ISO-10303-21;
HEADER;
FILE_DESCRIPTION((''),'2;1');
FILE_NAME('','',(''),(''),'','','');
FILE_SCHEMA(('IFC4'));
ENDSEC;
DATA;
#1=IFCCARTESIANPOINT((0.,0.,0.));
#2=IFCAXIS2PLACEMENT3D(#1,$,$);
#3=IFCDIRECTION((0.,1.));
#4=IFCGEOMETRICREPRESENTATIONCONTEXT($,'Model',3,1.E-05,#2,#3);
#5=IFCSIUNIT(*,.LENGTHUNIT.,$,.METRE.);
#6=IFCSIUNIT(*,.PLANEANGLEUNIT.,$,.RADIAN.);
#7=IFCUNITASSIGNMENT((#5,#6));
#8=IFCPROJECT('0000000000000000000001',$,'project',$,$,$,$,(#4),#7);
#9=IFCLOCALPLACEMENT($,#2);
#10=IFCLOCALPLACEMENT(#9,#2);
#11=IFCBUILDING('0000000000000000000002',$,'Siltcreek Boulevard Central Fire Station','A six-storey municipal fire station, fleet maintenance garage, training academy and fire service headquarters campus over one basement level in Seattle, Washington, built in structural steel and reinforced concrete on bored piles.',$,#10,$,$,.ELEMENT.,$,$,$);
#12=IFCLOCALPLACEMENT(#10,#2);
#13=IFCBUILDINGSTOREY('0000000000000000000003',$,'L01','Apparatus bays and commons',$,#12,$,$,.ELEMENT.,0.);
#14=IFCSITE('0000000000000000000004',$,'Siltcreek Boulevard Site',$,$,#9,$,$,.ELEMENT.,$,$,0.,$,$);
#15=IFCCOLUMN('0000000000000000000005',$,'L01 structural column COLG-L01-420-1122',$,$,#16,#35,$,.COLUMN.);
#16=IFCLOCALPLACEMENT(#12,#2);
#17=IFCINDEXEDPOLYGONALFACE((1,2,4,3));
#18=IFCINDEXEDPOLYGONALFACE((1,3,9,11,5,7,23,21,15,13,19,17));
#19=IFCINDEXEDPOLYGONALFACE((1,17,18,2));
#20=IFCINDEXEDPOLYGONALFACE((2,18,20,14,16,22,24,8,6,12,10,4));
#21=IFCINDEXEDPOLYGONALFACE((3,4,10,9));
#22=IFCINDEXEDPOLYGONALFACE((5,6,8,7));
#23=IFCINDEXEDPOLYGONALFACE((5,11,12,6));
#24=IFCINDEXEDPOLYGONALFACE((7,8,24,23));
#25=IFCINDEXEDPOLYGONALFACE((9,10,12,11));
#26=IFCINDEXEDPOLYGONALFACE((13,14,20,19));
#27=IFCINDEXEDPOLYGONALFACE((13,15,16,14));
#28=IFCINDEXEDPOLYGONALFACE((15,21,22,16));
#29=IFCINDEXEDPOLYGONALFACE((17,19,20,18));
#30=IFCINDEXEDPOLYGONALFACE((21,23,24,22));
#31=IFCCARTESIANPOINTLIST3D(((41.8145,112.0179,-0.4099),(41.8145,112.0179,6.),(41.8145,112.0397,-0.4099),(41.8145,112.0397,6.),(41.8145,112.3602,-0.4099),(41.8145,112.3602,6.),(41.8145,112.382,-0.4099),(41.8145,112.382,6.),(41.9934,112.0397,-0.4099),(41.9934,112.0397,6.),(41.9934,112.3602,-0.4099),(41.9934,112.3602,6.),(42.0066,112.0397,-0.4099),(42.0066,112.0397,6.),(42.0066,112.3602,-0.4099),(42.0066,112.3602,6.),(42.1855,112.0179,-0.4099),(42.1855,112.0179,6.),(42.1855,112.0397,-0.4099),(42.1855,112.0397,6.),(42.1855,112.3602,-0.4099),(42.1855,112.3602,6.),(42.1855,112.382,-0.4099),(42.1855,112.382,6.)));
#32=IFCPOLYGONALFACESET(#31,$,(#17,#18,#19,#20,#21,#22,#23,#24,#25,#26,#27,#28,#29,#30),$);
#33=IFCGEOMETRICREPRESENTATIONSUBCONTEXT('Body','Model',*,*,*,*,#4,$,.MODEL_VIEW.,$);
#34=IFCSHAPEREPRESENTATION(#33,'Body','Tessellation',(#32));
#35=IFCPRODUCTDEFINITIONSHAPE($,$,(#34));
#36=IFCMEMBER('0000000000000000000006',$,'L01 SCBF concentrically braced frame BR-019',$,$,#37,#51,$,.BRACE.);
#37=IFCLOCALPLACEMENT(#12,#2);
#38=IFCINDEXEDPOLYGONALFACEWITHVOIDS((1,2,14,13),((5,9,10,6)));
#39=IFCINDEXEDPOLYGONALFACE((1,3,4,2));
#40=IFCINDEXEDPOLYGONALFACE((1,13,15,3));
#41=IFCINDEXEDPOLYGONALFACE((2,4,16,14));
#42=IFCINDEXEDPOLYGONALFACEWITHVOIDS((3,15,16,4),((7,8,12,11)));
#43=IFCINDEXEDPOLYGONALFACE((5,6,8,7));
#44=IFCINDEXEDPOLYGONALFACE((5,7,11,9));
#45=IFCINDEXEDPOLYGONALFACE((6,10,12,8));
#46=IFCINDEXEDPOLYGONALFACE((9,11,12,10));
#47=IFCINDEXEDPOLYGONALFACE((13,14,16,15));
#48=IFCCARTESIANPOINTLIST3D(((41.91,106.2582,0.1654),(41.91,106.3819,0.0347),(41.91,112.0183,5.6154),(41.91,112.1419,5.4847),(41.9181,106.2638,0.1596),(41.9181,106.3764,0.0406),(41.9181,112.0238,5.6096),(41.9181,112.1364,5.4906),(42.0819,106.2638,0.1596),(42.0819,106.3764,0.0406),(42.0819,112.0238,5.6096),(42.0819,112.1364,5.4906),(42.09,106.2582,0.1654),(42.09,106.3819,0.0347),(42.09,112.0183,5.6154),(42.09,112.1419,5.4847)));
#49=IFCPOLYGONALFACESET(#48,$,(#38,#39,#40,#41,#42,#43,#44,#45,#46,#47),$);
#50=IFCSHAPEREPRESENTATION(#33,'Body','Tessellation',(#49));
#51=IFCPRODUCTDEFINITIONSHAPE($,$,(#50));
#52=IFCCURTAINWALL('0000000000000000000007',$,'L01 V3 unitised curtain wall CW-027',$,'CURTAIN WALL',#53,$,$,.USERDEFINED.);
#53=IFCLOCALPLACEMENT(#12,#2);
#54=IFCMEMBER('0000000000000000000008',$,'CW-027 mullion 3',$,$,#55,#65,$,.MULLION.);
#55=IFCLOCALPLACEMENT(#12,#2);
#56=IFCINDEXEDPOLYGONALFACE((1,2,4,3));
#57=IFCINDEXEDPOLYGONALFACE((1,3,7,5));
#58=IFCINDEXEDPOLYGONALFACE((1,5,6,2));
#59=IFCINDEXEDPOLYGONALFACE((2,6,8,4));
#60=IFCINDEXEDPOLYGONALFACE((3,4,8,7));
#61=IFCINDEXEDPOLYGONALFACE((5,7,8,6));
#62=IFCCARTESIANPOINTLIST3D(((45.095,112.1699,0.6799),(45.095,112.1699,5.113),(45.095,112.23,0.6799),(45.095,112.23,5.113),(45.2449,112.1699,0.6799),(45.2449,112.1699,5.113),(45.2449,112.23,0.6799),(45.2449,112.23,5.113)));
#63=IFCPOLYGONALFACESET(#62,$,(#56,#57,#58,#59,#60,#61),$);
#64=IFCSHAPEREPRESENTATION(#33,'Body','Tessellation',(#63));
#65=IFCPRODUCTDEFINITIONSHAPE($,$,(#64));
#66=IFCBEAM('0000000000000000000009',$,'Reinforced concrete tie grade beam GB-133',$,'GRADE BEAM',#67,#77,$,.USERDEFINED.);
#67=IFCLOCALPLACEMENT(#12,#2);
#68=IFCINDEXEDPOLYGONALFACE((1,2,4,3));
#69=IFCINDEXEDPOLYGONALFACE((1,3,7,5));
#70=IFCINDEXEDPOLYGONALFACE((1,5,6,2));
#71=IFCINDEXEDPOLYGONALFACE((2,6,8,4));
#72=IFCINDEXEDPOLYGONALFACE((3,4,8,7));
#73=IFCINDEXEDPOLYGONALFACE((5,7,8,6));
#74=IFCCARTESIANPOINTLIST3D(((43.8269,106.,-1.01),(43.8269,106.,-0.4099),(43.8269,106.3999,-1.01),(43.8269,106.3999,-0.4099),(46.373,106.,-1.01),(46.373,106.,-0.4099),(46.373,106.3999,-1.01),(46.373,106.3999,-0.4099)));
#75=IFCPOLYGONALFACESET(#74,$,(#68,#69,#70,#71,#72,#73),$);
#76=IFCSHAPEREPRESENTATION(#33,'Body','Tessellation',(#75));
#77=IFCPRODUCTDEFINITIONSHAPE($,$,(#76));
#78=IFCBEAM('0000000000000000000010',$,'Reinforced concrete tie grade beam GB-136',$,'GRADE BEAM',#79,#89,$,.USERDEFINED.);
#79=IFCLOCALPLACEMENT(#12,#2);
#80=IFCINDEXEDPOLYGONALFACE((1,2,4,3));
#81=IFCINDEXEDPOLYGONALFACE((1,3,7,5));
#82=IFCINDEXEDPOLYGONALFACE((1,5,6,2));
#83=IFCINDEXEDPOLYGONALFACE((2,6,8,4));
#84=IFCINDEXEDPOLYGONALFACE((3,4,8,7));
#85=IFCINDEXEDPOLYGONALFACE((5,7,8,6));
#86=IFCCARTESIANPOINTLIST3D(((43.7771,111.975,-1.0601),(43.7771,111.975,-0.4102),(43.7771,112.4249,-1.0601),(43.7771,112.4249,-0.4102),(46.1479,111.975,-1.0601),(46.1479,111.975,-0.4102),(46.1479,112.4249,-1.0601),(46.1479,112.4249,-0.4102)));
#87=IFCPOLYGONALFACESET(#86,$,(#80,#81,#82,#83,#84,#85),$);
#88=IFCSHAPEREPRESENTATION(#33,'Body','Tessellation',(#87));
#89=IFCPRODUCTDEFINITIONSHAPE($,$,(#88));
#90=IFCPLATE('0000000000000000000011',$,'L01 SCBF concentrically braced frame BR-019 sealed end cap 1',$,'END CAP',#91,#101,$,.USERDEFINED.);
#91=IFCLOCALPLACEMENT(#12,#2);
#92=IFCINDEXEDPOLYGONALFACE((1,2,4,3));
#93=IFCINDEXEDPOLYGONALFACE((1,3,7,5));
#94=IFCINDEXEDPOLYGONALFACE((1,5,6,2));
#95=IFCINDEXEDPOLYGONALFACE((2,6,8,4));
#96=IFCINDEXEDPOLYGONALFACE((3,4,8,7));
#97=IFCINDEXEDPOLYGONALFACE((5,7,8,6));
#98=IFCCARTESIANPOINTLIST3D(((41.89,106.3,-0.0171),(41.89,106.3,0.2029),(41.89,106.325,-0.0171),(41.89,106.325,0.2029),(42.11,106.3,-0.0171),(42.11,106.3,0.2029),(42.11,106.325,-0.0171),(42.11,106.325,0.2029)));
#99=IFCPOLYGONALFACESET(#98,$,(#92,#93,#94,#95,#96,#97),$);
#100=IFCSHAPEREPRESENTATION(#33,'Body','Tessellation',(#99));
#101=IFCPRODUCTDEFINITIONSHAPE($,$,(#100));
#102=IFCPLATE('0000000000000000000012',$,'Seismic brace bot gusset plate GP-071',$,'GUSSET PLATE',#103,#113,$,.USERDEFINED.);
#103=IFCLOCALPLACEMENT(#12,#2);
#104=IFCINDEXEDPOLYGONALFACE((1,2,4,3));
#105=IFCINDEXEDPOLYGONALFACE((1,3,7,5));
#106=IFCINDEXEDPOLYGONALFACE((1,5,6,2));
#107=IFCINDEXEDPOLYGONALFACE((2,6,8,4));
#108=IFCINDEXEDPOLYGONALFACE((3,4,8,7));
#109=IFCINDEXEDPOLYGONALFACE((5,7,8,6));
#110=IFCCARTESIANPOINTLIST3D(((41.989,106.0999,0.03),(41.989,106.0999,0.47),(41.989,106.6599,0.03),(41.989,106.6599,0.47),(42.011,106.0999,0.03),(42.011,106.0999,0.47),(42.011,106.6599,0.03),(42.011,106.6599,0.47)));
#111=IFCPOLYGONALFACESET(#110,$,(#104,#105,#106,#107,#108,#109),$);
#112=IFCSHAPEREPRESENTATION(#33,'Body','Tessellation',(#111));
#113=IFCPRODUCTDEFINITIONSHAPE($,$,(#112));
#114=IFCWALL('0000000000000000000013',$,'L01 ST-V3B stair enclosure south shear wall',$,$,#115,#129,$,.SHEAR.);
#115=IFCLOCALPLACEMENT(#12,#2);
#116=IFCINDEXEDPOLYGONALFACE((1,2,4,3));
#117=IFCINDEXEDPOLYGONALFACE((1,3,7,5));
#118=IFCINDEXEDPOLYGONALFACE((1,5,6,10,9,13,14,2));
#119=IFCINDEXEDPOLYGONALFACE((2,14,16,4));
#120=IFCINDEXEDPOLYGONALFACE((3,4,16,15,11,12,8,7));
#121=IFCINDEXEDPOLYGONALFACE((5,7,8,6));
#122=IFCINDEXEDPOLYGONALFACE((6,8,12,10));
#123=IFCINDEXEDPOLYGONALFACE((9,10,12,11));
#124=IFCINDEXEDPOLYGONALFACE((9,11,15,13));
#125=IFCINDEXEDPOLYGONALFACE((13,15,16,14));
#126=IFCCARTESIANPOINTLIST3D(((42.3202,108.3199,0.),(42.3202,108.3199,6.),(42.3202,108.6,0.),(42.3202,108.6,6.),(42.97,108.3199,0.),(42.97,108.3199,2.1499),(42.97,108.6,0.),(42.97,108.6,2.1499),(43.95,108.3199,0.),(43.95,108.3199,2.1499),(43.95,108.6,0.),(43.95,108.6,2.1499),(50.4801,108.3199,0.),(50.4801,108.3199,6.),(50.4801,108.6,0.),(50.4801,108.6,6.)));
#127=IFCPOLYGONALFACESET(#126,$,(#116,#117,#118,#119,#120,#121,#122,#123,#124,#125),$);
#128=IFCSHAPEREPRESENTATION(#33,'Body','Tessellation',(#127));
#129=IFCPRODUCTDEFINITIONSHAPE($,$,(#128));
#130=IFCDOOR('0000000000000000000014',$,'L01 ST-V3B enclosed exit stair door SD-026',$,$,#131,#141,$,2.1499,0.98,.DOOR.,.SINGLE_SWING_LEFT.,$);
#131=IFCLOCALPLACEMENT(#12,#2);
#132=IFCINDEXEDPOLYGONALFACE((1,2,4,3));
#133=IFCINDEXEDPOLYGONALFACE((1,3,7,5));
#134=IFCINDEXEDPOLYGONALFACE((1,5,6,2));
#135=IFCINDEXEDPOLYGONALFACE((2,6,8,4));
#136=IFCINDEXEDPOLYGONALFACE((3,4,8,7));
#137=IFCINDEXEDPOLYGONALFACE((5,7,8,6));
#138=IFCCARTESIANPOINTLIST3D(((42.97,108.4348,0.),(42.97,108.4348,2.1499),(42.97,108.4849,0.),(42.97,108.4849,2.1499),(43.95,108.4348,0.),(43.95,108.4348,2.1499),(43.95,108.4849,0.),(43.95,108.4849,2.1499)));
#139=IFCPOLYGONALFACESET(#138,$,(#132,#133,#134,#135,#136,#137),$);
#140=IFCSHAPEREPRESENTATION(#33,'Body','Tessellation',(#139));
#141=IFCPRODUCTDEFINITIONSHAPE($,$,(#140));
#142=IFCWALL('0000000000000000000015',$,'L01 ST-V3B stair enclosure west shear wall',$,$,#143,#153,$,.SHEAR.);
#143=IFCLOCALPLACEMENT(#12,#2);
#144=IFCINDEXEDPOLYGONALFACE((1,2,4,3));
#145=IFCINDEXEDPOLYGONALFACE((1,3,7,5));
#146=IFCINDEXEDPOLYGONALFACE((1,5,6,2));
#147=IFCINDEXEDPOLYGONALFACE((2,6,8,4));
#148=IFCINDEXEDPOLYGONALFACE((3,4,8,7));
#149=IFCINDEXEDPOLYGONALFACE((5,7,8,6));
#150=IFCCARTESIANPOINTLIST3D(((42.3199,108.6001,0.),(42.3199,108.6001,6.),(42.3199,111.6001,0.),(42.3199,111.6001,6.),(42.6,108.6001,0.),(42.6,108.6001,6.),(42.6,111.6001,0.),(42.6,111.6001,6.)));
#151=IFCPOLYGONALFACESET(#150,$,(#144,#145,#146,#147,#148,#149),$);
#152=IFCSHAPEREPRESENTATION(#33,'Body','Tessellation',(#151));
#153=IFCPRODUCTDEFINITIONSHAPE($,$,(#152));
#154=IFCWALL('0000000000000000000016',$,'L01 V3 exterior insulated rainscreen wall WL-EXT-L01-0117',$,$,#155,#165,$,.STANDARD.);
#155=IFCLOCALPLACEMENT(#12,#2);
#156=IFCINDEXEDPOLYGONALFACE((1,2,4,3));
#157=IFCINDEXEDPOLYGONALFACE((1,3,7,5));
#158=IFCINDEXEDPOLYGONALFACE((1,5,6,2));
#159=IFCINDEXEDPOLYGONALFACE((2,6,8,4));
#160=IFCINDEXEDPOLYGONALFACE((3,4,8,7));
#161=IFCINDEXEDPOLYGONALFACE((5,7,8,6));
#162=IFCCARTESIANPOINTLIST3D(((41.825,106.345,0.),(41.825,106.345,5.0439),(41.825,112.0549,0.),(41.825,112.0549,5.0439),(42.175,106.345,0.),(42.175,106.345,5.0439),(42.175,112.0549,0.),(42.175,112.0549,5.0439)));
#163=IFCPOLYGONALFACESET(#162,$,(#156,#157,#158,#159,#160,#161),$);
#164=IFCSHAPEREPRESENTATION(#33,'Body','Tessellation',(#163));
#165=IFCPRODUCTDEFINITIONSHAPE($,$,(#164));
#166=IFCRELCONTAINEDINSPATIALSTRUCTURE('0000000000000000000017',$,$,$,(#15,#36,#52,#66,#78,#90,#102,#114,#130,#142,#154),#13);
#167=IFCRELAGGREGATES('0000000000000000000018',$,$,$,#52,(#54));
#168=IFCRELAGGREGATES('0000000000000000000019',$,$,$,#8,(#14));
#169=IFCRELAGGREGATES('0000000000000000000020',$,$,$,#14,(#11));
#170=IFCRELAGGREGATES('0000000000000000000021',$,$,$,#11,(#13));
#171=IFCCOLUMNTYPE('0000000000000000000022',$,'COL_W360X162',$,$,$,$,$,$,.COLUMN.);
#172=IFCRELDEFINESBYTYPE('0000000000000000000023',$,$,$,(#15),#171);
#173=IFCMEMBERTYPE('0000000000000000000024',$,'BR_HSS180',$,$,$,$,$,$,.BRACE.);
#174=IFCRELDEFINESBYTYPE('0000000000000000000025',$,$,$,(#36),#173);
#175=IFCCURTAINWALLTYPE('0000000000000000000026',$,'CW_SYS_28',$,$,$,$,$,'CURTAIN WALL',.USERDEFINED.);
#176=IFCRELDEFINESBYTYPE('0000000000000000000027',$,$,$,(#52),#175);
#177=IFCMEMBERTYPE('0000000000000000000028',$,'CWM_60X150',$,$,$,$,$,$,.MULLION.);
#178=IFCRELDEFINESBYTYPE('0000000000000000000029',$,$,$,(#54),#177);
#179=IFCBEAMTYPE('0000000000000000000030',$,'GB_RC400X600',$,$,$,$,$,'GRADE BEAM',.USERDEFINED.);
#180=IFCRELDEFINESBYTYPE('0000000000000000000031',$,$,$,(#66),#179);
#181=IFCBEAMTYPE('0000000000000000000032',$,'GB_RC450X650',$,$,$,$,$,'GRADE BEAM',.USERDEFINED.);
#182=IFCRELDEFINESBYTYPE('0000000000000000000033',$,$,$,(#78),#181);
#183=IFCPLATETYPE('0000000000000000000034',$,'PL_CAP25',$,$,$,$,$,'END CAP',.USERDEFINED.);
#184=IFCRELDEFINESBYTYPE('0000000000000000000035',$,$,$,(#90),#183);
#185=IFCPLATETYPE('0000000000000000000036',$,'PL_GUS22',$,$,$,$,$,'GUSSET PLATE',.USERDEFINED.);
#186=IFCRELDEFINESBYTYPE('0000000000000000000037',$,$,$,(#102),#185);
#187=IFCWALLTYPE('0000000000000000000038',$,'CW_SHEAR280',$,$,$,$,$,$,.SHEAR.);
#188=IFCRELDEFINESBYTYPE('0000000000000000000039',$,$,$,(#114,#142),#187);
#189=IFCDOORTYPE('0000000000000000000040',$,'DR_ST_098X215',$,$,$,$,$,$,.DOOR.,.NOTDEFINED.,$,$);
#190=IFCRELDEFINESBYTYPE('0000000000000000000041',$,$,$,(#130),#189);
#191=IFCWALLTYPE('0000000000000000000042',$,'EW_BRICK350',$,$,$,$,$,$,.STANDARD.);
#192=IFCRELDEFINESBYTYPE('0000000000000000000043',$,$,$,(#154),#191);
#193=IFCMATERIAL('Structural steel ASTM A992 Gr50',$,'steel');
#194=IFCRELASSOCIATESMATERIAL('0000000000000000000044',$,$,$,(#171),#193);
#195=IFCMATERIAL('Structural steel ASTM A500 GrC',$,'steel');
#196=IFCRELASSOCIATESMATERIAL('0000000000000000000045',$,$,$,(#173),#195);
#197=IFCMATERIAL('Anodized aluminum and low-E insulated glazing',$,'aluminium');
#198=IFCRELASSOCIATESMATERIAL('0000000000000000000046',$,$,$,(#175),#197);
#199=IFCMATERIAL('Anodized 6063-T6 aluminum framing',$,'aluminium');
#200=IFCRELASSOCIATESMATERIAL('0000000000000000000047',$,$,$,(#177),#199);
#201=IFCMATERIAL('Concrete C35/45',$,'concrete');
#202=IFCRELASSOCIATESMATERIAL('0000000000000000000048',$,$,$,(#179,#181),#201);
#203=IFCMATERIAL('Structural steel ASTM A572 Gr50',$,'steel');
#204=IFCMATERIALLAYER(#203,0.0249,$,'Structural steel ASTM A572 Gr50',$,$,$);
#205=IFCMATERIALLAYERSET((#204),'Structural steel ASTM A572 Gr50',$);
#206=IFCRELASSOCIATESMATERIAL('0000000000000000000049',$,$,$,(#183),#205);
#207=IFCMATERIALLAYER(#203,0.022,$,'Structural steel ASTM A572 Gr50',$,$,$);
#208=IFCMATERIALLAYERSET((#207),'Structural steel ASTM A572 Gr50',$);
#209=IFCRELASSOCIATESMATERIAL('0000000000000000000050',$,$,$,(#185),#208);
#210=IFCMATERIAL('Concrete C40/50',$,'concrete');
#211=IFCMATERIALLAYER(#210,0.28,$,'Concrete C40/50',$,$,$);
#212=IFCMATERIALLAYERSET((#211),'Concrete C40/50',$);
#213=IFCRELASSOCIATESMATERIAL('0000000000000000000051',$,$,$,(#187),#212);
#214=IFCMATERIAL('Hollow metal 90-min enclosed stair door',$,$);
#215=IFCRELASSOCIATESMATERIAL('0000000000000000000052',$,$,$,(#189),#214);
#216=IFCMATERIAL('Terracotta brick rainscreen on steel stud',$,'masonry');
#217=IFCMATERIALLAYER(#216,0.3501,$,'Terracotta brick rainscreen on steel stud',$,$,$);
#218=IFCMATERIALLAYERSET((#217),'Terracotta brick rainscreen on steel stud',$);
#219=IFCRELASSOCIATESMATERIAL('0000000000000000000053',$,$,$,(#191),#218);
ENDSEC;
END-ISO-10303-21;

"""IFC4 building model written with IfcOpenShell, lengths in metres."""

from ifc_helpers import new_model, si_unit, direction, frame, frame_2d, origin, origin_2d, place, context, subcontext, project, spatial, rectangle, hollow_rectangle, i_section, extrude, material, layer, layer_set, material_profile, profile_set, type_object, element, fill, aggregate, save


model = new_model("IFC4")

# Units and contexts
model_context = context("Model", 3, precision=1e-05, world=origin(), true_north=direction((0.0, 1.0)))
body_context = subcontext(model_context, "Body", "Model", "MODEL_VIEW")
ifc_project = project(units=[si_unit("LENGTHUNIT", "METRE"), si_unit("PLANEANGLEUNIT", "RADIAN")], contexts=[model_context])

# Site, building, storey
site_placement = place(None, origin())
site = spatial("IfcSite", under=ifc_project, at=site_placement, Name="Siltcreek Boulevard Site", CompositionType="ELEMENT", RefElevation=0.0)
building_placement = place(site_placement, origin())
building = spatial("IfcBuilding", under=site, at=building_placement, Name="Siltcreek Boulevard Central Fire Station", Description="A six-storey municipal fire station, fleet maintenance garage, training academy and fire service headquarters campus over one basement level in Seattle, Washington, built in structural steel and reinforced concrete on bored piles.", CompositionType="ELEMENT")
storey_placement = place(building_placement, origin())
storey = spatial("IfcBuildingStorey", under=building, at=storey_placement, Name="L01", Description="Apparatus bays and commons", CompositionType="ELEMENT", Elevation=0.0)

# Shared definitions
ifc_material_1 = material(Name="Concrete C35/45", Category="concrete")

# Column
ifc_material_2 = material(Name="Structural steel ASTM A992 Gr50", Category="steel")
ifc_material_profile_1 = material_profile(ifc_material_2, i_section(OverallWidth=0.3711, OverallDepth=0.364, WebThickness=0.0132, FlangeThickness=0.0217, at=origin_2d()), Name="W360X162")
ifc_profile_set_1 = profile_set([ifc_material_profile_1], Name="Structural steel ASTM A992 Gr50")
column_type = type_object("IfcColumnType", Name="COL_W360X162", PredefinedType="COLUMN", material=ifc_profile_set_1)
for number, where, z_axis, x_axis, name in (
    (1, (42.0, 112.2, -0.4099), (0.0, 0.0, 1.0), (1.0, 0.0, 0.0), "L01 structural column COLG-L01-420-1122"),
):
    element("IfcColumn", number, at=place(storey_placement, frame(where, z_axis=z_axis, x_axis=x_axis)), inside=storey, type_object=column_type, Name=name, PredefinedType="COLUMN", context=body_context, shape_type="SweptSolid", body=[
        extrude(i_section(OverallWidth=0.3711, OverallDepth=0.364, WebThickness=0.0132, FlangeThickness=0.0217, at=origin_2d()), origin(), (0.0, 0.0, 1.0), 6.4099),
    ])

# Member
ifc_material_3 = material(Name="Structural steel ASTM A500 GrC", Category="steel")
ifc_material_profile_2 = material_profile(ifc_material_3, hollow_rectangle(XDim=0.1799, YDim=0.1799, WallThickness=0.0081, at=origin_2d()), Name="HSS180X180X8.0")
ifc_profile_set_2 = profile_set([ifc_material_profile_2], Name="Structural steel ASTM A500 GrC")
member_type_1 = type_object("IfcMemberType", Name="BR_HSS180", PredefinedType="BRACE", material=ifc_profile_set_2)
member_1_placement = place(storey_placement, frame((42.0, 106.3201, 0.1001), z_axis=(0.0, 0.726387, 0.687286), x_axis=(-1.0, 0.0, 0.0)))
element("IfcMember", 2, at=member_1_placement, inside=storey, type_object=member_type_1, Name="L01 SCBF concentrically braced frame BR-019", PredefinedType="BRACE", context=body_context, shape_type="SweptSolid", body=[
    extrude(hollow_rectangle(XDim=0.1799, YDim=0.1799, WallThickness=0.0081, at=origin_2d()), origin(), (0.0, 0.0, 1.0), 7.9297),
])

# Curtain wall, member
ifc_material_4 = material(Name="Anodized aluminum and low-E insulated glazing", Category="aluminium")
curtain_wall_type = type_object("IfcCurtainWallType", Name="CW_SYS_28", ElementType="CURTAIN WALL", PredefinedType="USERDEFINED", material=ifc_material_4)
curtain_wall_placement = place(storey_placement, origin())
curtain_wall = element("IfcCurtainWall", 3, at=curtain_wall_placement, inside=storey, type_object=curtain_wall_type, Name="L01 V3 unitised curtain wall CW-027", ObjectType="CURTAIN WALL", PredefinedType="USERDEFINED")
ifc_material_5 = material(Name="Anodized 6063-T6 aluminum framing", Category="aluminium")
ifc_material_profile_3 = material_profile(ifc_material_5, rectangle(XDim=0.0601, YDim=0.1499, at=origin_2d()), Name="MULL60X150")
ifc_profile_set_3 = profile_set([ifc_material_profile_3], Name="Anodized 6063-T6 aluminum framing")
member_type_2 = type_object("IfcMemberType", Name="CWM_60X150", PredefinedType="MULLION", material=ifc_profile_set_3)
member_2_placement = place(storey_placement, frame((45.1699, 112.2, 0.6799), z_axis=(0.0, 0.0, 1.0), x_axis=(0.0, -1.0, 0.0)))
member_2 = element("IfcMember", 4, at=member_2_placement, type_object=member_type_2, Name="CW-027 mullion 3", PredefinedType="MULLION", context=body_context, shape_type="SweptSolid", body=[
    extrude(rectangle(XDim=0.0601, YDim=0.1499, at=origin_2d()), origin(), (0.0, 0.0, 1.0), 4.4331),
])
aggregate(curtain_wall, [member_2])

# Beams
ifc_material_profile_4 = material_profile(ifc_material_1, rectangle(XDim=0.3999, YDim=0.6001, at=origin_2d()), Name="RC400X600")
ifc_profile_set_4 = profile_set([ifc_material_profile_4], Name="Concrete C35/45")
beam_type_1 = type_object("IfcBeamType", Name="GB_RC400X600", ElementType="GRADE BEAM", PredefinedType="USERDEFINED", material=ifc_profile_set_4)
beam_1_placement = place(storey_placement, frame((43.8269, 106.2, -0.71), z_axis=(1.0, 0.0, 0.0), x_axis=(0.0, 1.0, 0.0)))
element("IfcBeam", 5, at=beam_1_placement, inside=storey, type_object=beam_type_1, Name="Reinforced concrete tie grade beam GB-133", ObjectType="GRADE BEAM", PredefinedType="USERDEFINED", context=body_context, shape_type="SweptSolid", body=[
    extrude(rectangle(XDim=0.3999, YDim=0.6001, at=origin_2d()), origin(), (0.0, 0.0, 1.0), 2.5461),
])
ifc_material_profile_5 = material_profile(ifc_material_1, rectangle(XDim=0.45, YDim=0.6499, at=origin_2d()), Name="RC450X650")
ifc_profile_set_5 = profile_set([ifc_material_profile_5], Name="Concrete C35/45")
beam_type_2 = type_object("IfcBeamType", Name="GB_RC450X650", ElementType="GRADE BEAM", PredefinedType="USERDEFINED", material=ifc_profile_set_5)
beam_2_placement = place(storey_placement, frame((43.7771, 112.2, -0.7351), z_axis=(1.0, 0.0, 0.0), x_axis=(0.0, 1.0, 0.0)))
element("IfcBeam", 6, at=beam_2_placement, inside=storey, type_object=beam_type_2, Name="Reinforced concrete tie grade beam GB-136", ObjectType="GRADE BEAM", PredefinedType="USERDEFINED", context=body_context, shape_type="SweptSolid", body=[
    extrude(rectangle(XDim=0.45, YDim=0.6499, at=origin_2d()), origin(), (0.0, 0.0, 1.0), 2.3708),
])

# Plates
ifc_material_6 = material(Name="Structural steel ASTM A572 Gr50", Category="steel")
ifc_layer_1 = layer(ifc_material_6, 0.0249, Name="Structural steel ASTM A572 Gr50")
ifc_layer_set_1 = layer_set([ifc_layer_1], Name="Structural steel ASTM A572 Gr50")
plate_type_1 = type_object("IfcPlateType", Name="PL_CAP25", ElementType="END CAP", PredefinedType="USERDEFINED", material=ifc_layer_set_1)
plate_1_placement = place(storey_placement, frame((42.0, 106.3125, -0.0171), z_axis=(0.0, 0.0, 1.0), x_axis=(0.0, 1.0, 0.0)))
element("IfcPlate", 7, at=plate_1_placement, inside=storey, type_object=plate_type_1, Name="L01 SCBF concentrically braced frame BR-019 sealed end cap 1", ObjectType="END CAP", PredefinedType="USERDEFINED", context=body_context, shape_type="SweptSolid", body=[
    extrude(rectangle(XDim=0.0249, YDim=0.22, at=origin_2d()), origin(), (0.0, 0.0, 1.0), 0.22),
])
ifc_layer_2 = layer(ifc_material_6, 0.022, Name="Structural steel ASTM A572 Gr50")
ifc_layer_set_2 = layer_set([ifc_layer_2], Name="Structural steel ASTM A572 Gr50")
plate_type_2 = type_object("IfcPlateType", Name="PL_GUS22", ElementType="GUSSET PLATE", PredefinedType="USERDEFINED", material=ifc_layer_set_2)
plate_2_placement = place(storey_placement, frame((42.0, 106.3799, 0.03), z_axis=(0.0, 0.0, 1.0), x_axis=(0.0, 1.0, 0.0)))
element("IfcPlate", 8, at=plate_2_placement, inside=storey, type_object=plate_type_2, Name="Seismic brace bot gusset plate GP-071", ObjectType="GUSSET PLATE", PredefinedType="USERDEFINED", context=body_context, shape_type="SweptSolid", body=[
    extrude(rectangle(XDim=0.5601, YDim=0.022, at=origin_2d()), origin(), (0.0, 0.0, 1.0), 0.4399),
])

# Wall, opening, door
ifc_material_7 = material(Name="Concrete C40/50", Category="concrete")
ifc_layer_3 = layer(ifc_material_7, 0.28, Name="Concrete C40/50")
ifc_layer_set_3 = layer_set([ifc_layer_3], Name="Concrete C40/50")
wall_type_1 = type_object("IfcWallType", Name="CW_SHEAR280", PredefinedType="SHEAR", material=ifc_layer_set_3)
wall_1_placement = place(storey_placement, frame((42.3201, 108.46, 0.0), z_axis=(0.0, 0.0, 1.0), x_axis=(1.0, 0.0, 0.0)))
wall_1 = element("IfcWall", 9, at=wall_1_placement, inside=storey, type_object=wall_type_1, Name="L01 ST-V3B stair enclosure south shear wall", PredefinedType="SHEAR", context=body_context, shape_type="SweptSolid", body=[
    extrude(rectangle(XDim=8.1599, YDim=0.28, at=frame_2d((4.0801, 0.0))), origin(), (0.0, 0.0, 1.0), 6.0),
])
opening_1_placement = place(wall_1_placement, frame((0.6499, 0.0, 0.0)))
opening_1 = element("IfcOpeningElement", 10, at=opening_1_placement, cuts=wall_1, PredefinedType="OPENING", context=body_context, shape_type="SweptSolid", body=[
    extrude(rectangle(XDim=0.98, YDim=2.1499, at=frame_2d((0.49, 1.075))), frame((0.0, 0.1499, 0.0), z_axis=(0.0, -1.0, 0.0), x_axis=(1.0, 0.0, 0.0)), (0.0, 0.0, 1.0), 0.3),
])
ifc_material_8 = material(Name="Hollow metal 90-min enclosed stair door")
door_type_1 = type_object("IfcDoorType", Name="DR_ST_098X215", OperationType="NOTDEFINED", PredefinedType="DOOR", material=ifc_material_8)
door_1_placement = place(opening_1_placement, origin())
door_1 = element("IfcDoor", 11, at=door_1_placement, inside=storey, type_object=door_type_1, Name="L01 ST-V3B enclosed exit stair door SD-026", OperationType="SINGLE_SWING_LEFT", OverallHeight=2.1499, OverallWidth=0.98, PredefinedType="DOOR", context=body_context, shape_type="SweptSolid", body=[
    extrude(rectangle(XDim=0.98, YDim=2.1499, at=frame_2d((0.49, 1.075))), frame((0.0, 0.0249, 0.0), z_axis=(0.0, -1.0, 0.0), x_axis=(1.0, 0.0, 0.0)), (0.0, 0.0, 1.0), 0.05),
])
fill(opening_1, door_1)

# Walls
wall_2_placement = place(storey_placement, frame((42.46, 111.6001, 0.0), z_axis=(0.0, 0.0, 1.0), x_axis=(0.0, -1.0, 0.0)))
element("IfcWall", 12, at=wall_2_placement, inside=storey, type_object=wall_type_1, Name="L01 ST-V3B stair enclosure west shear wall", PredefinedType="SHEAR", context=body_context, shape_type="SweptSolid", body=[
    extrude(rectangle(XDim=3.0, YDim=0.28, at=frame_2d((1.5, 0.0))), origin(), (0.0, 0.0, 1.0), 6.0),
])
ifc_material_9 = material(Name="Terracotta brick rainscreen on steel stud", Category="masonry")
ifc_layer_4 = layer(ifc_material_9, 0.3501, Name="Terracotta brick rainscreen on steel stud")
ifc_layer_set_4 = layer_set([ifc_layer_4], Name="Terracotta brick rainscreen on steel stud")
wall_type_2 = type_object("IfcWallType", Name="EW_BRICK350", PredefinedType="STANDARD", material=ifc_layer_set_4)
wall_3_placement = place(storey_placement, frame((42.0, 112.0549, 0.0), z_axis=(0.0, 0.0, 1.0), x_axis=(0.0, -1.0, 0.0)))
element("IfcWall", 13, at=wall_3_placement, inside=storey, type_object=wall_type_2, Name="L01 V3 exterior insulated rainscreen wall WL-EXT-L01-0117", PredefinedType="STANDARD", context=body_context, shape_type="SweptSolid", body=[
    extrude(rectangle(XDim=5.71, YDim=0.3501, at=frame_2d((2.855, 0.0))), origin(), (0.0, 0.0, 1.0), 5.0439),
])

save(model, "model.ifc")
